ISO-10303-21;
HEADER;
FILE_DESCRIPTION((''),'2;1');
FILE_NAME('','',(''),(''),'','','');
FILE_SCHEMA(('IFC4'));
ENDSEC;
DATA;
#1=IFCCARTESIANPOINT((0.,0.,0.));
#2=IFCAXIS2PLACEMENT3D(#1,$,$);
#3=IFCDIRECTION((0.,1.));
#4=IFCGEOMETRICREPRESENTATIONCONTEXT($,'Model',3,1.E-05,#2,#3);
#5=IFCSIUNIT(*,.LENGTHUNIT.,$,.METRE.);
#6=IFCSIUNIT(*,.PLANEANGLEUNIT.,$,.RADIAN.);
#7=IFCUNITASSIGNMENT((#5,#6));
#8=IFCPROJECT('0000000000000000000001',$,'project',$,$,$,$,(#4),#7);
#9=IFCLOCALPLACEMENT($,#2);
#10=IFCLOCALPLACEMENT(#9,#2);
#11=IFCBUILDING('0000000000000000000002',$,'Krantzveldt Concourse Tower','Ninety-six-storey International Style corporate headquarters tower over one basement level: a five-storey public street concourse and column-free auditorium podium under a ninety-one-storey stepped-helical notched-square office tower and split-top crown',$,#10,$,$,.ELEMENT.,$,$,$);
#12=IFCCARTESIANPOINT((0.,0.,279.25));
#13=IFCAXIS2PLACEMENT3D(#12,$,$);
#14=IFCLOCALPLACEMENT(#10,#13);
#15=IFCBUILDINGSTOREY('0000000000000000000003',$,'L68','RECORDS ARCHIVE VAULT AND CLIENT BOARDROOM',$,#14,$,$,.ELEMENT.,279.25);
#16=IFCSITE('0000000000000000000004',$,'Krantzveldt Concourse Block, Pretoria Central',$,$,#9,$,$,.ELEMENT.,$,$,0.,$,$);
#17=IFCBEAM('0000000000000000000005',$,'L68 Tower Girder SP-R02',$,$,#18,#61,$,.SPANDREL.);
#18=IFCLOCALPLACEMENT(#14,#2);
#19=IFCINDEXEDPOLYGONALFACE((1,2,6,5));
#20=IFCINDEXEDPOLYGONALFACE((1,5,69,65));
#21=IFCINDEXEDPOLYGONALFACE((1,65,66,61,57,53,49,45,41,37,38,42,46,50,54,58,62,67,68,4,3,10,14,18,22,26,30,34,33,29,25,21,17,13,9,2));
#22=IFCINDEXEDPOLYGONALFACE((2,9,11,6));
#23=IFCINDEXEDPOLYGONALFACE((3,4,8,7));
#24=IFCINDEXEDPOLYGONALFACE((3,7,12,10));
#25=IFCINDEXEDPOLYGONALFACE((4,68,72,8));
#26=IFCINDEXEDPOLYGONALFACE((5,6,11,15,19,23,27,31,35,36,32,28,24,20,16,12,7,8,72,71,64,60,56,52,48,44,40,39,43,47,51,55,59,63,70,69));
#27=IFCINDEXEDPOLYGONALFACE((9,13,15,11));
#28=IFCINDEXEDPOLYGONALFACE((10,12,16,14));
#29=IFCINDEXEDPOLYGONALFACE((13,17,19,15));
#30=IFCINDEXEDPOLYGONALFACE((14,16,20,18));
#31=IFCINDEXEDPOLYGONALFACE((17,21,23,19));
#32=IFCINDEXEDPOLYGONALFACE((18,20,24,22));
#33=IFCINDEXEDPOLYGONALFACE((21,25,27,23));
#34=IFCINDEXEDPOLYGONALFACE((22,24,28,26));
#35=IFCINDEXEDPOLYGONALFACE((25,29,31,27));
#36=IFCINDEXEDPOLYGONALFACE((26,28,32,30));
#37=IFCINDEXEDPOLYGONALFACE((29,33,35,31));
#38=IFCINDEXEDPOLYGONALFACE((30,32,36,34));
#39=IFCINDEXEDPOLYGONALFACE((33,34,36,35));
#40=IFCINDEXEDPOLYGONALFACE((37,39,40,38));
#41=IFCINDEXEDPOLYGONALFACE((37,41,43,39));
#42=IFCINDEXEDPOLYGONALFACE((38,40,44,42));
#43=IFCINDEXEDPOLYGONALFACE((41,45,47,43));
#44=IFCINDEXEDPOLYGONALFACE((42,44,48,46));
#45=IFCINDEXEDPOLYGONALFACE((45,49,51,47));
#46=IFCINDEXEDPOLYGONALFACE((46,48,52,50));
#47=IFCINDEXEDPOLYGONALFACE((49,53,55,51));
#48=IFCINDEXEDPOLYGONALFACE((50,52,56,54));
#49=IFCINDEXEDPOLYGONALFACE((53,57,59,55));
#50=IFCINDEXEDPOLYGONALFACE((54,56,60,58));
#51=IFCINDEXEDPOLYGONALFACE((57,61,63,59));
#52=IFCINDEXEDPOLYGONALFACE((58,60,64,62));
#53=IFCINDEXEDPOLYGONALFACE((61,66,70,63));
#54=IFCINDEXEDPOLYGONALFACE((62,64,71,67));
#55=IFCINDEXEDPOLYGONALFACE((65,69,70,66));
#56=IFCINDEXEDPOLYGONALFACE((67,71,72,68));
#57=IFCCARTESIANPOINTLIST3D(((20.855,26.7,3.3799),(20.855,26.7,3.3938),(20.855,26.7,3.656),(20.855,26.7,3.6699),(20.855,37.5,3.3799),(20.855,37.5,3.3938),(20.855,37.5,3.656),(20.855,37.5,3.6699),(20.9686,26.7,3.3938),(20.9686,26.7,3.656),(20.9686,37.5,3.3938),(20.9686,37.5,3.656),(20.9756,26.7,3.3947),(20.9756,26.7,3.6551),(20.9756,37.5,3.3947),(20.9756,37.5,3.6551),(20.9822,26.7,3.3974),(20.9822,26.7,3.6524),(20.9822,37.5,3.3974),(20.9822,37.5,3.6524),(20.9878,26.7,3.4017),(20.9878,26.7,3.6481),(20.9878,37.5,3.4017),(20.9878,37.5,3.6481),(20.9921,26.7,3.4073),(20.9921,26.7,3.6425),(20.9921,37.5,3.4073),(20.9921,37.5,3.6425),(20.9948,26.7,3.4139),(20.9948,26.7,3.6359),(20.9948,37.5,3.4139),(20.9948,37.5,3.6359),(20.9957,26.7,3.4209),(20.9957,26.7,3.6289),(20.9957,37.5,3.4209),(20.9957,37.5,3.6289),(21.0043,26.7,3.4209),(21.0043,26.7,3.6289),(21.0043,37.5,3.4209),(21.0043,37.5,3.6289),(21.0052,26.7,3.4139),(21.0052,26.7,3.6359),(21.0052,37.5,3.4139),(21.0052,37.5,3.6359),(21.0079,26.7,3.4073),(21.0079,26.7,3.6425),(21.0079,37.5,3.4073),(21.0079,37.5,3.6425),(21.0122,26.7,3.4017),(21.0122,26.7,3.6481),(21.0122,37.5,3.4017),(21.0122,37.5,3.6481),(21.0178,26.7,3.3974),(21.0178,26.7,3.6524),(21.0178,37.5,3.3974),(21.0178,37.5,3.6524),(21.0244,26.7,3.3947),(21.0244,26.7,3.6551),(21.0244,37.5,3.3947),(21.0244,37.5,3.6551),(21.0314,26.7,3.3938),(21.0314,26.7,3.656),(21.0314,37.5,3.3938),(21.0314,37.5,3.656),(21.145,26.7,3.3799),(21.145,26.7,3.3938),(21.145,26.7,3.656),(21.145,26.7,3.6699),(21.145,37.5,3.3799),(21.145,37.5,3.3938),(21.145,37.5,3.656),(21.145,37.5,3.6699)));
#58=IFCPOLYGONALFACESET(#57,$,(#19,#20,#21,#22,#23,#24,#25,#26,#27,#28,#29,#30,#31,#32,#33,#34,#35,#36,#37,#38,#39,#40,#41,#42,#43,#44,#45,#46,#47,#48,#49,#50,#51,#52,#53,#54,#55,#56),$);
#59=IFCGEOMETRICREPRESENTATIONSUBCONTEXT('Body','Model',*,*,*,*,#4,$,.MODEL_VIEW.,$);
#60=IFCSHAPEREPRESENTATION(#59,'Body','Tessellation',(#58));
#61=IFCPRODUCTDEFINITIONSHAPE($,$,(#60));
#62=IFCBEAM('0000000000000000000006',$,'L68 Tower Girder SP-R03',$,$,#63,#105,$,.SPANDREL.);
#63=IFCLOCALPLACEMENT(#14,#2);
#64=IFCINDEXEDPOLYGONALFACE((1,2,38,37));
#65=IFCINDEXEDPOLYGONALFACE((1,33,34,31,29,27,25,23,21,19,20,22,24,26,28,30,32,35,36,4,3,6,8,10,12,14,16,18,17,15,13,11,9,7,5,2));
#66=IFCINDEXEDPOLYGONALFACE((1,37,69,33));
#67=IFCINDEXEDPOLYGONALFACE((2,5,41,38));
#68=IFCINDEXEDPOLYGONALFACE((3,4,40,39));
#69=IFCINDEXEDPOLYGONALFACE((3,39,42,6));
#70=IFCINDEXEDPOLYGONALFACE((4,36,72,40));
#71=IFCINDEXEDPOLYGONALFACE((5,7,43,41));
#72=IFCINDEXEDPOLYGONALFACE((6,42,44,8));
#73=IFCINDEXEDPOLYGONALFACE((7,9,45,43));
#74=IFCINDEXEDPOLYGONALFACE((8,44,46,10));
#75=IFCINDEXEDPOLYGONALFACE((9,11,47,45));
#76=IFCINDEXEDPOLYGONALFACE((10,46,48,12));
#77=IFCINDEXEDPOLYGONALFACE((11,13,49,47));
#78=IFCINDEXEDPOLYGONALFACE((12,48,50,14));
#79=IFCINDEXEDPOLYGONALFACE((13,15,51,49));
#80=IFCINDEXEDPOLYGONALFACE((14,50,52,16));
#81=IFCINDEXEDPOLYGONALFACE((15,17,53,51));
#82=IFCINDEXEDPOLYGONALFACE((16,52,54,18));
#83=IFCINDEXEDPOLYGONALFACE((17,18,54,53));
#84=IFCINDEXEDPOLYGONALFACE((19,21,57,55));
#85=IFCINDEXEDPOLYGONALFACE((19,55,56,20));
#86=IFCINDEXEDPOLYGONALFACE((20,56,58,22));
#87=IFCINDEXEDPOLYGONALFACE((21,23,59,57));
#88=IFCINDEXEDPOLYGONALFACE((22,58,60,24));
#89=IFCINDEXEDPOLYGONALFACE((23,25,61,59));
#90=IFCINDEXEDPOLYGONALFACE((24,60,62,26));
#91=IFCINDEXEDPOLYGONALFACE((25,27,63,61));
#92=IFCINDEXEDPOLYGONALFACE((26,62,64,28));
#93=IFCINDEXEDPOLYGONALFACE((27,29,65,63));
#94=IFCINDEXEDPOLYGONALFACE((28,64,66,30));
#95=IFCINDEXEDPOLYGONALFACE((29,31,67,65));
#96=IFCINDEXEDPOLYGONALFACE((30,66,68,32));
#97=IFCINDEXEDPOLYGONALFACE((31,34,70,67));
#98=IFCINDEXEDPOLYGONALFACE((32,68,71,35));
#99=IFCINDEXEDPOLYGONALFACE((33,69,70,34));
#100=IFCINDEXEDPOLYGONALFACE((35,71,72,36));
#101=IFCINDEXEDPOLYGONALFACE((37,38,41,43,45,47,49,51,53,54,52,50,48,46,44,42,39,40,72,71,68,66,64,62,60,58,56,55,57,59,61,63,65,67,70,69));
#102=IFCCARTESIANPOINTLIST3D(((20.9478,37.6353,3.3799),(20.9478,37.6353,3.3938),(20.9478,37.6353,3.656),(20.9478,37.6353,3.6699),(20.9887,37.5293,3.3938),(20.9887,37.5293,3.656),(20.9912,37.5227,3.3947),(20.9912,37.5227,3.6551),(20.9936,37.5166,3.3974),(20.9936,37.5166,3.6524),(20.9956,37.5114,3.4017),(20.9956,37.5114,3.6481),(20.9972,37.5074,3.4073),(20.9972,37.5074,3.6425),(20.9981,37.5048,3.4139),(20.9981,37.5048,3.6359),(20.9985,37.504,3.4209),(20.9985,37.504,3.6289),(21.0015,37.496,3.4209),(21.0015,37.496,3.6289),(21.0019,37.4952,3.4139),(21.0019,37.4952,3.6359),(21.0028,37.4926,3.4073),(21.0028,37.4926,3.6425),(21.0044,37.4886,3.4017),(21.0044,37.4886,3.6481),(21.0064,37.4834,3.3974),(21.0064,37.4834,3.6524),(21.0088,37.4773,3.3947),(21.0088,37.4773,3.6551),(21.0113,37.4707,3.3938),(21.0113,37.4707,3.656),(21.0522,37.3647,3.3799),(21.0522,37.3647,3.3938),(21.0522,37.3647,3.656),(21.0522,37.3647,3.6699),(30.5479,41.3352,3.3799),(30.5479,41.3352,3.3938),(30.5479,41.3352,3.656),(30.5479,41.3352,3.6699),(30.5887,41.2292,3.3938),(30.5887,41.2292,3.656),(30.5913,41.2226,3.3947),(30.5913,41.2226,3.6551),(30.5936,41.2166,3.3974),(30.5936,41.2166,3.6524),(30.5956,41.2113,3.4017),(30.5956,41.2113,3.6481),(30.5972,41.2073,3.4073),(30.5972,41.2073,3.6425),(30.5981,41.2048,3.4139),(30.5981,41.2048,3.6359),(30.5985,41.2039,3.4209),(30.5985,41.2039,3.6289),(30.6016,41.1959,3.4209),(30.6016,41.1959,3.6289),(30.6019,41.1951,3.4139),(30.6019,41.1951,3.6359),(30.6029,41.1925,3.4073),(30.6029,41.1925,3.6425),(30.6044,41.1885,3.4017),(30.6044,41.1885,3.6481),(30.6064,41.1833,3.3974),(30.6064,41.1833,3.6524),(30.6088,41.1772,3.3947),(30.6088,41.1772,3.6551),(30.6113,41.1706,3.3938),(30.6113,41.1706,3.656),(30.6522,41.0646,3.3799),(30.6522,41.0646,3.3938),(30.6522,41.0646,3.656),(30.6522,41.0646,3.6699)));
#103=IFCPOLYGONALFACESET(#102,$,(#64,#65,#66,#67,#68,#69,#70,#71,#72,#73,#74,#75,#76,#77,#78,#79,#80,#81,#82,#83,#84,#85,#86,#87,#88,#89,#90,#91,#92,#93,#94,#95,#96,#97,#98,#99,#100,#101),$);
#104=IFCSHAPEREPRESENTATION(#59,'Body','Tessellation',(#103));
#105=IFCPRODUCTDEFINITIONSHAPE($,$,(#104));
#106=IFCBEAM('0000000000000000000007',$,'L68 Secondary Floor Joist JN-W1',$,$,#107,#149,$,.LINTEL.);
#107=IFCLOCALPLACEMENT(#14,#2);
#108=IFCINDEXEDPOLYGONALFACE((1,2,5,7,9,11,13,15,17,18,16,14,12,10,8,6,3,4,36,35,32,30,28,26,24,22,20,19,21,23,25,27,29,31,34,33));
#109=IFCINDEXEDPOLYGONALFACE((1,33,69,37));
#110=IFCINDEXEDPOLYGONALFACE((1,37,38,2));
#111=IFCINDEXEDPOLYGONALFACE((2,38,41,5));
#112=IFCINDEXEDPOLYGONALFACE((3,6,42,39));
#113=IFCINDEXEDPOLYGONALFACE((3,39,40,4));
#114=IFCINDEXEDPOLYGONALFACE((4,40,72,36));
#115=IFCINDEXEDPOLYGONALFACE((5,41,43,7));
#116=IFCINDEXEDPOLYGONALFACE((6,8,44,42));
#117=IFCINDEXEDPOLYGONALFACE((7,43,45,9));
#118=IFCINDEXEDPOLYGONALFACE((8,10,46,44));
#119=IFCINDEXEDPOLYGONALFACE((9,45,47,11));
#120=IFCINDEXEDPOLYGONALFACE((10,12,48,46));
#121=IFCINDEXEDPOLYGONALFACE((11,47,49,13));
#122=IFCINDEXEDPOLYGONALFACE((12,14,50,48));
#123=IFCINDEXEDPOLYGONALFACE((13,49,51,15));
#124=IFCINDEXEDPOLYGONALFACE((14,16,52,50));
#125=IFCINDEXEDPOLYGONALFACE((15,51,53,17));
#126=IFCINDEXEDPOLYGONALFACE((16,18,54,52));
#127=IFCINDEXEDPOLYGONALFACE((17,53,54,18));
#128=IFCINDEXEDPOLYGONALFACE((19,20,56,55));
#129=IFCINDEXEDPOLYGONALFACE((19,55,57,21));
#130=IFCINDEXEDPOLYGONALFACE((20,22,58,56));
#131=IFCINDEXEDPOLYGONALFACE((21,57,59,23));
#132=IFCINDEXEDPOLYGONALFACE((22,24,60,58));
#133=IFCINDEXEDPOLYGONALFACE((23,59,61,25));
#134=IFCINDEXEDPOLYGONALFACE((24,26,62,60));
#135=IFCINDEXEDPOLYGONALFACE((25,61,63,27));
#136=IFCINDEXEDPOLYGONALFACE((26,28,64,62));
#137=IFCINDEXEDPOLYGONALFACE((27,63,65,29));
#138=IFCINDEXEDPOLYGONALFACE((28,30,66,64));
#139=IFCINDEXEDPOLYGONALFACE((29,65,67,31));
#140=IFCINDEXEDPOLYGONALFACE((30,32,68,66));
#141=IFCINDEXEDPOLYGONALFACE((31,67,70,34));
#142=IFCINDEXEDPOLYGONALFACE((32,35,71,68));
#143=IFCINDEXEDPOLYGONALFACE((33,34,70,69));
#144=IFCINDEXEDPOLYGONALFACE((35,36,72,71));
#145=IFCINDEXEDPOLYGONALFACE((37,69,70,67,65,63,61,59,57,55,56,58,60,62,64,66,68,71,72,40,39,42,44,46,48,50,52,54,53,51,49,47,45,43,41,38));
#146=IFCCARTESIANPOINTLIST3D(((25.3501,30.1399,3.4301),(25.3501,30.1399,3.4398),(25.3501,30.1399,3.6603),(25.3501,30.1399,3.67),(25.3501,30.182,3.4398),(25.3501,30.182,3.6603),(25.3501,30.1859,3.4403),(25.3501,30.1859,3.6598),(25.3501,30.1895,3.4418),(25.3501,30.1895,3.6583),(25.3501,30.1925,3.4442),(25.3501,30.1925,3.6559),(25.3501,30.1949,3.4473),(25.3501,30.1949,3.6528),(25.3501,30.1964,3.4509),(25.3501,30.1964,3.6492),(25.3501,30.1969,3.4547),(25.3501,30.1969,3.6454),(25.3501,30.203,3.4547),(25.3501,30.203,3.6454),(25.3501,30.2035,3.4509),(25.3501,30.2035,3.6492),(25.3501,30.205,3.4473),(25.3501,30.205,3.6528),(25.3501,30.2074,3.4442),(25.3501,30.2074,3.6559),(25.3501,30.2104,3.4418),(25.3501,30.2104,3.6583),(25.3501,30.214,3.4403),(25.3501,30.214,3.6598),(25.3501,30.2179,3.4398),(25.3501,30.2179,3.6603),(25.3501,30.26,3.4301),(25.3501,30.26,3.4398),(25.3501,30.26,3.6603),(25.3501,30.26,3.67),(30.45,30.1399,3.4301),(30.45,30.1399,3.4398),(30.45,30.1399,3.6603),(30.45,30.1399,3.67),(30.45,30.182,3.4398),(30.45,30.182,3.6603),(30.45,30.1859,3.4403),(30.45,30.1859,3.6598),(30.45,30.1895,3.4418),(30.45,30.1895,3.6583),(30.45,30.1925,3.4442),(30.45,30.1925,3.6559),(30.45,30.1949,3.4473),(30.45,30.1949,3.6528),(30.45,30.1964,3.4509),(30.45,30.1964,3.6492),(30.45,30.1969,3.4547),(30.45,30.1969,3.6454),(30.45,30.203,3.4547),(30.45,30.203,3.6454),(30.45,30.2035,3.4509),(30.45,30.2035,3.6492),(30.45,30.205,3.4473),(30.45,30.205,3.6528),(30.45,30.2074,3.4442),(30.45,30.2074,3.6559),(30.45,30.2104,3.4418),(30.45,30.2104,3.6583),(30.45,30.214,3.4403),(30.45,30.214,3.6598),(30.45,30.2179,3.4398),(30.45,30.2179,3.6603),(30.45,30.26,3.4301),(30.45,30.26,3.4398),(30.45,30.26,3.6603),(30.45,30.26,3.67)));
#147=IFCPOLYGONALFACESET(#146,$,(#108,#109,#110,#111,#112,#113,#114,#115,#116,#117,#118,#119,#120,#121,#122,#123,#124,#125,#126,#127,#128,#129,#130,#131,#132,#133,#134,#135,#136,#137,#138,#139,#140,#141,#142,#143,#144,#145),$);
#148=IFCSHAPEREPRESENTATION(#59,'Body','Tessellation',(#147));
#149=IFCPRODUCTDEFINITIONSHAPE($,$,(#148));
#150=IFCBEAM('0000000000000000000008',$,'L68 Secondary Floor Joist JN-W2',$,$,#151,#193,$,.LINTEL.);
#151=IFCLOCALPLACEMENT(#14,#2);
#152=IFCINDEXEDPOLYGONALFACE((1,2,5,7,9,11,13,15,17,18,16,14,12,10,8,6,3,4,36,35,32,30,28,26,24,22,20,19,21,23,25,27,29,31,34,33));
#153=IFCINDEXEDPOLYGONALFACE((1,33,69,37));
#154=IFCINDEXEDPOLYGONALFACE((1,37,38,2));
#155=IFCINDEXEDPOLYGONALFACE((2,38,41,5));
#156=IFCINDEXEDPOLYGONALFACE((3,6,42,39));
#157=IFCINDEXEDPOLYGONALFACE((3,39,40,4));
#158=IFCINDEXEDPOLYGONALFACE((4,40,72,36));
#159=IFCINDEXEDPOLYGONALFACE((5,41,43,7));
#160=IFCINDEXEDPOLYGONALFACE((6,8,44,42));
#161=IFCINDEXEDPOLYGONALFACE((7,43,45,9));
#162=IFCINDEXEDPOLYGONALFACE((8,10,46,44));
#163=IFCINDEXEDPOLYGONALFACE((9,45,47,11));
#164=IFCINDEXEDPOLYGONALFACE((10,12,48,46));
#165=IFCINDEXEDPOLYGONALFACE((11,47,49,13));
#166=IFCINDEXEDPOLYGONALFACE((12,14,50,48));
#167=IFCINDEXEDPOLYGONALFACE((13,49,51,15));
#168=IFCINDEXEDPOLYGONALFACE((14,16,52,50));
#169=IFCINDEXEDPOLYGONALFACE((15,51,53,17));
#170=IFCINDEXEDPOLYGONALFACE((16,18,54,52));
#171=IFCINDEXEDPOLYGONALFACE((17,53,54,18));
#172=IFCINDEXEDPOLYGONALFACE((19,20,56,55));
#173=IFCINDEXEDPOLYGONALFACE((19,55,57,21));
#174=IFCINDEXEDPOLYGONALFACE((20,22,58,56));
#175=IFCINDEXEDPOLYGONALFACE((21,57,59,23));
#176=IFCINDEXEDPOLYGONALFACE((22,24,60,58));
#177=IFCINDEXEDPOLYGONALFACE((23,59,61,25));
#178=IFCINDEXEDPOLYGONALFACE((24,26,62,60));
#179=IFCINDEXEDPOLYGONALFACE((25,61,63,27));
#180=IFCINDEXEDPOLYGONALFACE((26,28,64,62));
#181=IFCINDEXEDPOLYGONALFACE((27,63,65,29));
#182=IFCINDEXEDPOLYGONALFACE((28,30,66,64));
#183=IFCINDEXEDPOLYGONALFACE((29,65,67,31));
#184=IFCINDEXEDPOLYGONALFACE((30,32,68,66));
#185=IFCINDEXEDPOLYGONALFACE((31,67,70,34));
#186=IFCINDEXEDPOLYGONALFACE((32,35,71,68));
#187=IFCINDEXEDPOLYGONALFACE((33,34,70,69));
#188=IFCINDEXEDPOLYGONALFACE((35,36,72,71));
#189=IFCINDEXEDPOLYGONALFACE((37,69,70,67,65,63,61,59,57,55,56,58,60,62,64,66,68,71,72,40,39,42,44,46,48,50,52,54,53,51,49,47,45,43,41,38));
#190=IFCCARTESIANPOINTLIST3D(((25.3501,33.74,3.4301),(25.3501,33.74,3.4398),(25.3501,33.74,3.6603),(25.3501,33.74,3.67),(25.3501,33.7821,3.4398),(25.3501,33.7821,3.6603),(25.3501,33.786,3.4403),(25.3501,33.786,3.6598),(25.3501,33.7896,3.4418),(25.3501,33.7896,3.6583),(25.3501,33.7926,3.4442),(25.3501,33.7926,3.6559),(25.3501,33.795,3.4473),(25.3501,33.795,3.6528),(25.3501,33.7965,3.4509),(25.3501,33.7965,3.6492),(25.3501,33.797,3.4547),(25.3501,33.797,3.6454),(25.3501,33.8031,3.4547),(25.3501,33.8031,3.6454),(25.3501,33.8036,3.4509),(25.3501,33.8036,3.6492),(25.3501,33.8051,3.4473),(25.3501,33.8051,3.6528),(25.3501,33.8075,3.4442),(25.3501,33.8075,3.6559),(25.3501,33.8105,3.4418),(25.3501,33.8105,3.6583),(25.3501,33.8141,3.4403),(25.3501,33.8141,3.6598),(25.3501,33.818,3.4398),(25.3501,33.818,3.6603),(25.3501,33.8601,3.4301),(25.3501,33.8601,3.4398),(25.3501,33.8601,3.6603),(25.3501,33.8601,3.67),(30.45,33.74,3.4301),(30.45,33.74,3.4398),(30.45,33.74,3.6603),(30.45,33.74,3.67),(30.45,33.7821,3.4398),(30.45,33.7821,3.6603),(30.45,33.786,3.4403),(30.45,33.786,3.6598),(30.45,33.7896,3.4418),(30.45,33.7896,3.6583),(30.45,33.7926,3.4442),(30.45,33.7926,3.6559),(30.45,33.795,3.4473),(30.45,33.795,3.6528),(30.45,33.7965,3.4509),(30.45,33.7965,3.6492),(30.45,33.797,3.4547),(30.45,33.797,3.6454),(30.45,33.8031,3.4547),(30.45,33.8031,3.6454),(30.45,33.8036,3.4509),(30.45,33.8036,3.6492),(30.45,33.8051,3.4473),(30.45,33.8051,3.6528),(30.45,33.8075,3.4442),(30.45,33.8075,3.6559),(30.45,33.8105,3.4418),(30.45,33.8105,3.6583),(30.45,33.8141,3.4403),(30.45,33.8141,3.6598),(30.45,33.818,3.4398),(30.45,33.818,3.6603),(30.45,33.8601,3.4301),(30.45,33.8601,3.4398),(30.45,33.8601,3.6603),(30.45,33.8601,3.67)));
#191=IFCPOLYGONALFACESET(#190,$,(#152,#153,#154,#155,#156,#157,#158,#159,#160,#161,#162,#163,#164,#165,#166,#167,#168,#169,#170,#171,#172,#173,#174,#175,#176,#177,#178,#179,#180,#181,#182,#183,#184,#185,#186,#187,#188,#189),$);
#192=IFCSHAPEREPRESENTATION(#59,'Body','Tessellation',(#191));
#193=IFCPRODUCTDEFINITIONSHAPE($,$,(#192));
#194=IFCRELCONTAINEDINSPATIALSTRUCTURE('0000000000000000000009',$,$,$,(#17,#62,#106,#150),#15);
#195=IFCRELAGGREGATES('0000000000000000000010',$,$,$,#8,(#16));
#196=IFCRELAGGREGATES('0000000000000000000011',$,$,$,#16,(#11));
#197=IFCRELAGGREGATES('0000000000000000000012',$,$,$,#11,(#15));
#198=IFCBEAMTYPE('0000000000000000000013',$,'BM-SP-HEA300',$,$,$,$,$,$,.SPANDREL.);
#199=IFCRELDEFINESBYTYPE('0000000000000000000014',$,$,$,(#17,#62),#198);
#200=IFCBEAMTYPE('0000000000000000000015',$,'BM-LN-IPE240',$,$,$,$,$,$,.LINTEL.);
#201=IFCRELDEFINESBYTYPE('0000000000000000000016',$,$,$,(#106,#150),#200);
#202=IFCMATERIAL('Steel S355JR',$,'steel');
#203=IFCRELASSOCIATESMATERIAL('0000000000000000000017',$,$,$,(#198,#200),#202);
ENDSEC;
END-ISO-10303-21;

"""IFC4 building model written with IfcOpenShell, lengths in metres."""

from ifc_helpers import new_model, si_unit, direction, frame, origin, origin_2d, place, context, subcontext, project, spatial, i_section, extrude, source, transform, mapped, material, material_profile, profile_set, type_object, type_shapes, element, save


model = new_model("IFC4")

# Units and contexts
model_context = context("Model", 3, precision=1e-05, world=origin(), true_north=direction((0.0, 1.0)))
body_context = subcontext(model_context, "Body", "Model", "MODEL_VIEW")
ifc_project = project(units=[si_unit("LENGTHUNIT", "METRE"), si_unit("PLANEANGLEUNIT", "RADIAN")], contexts=[model_context])

# Site, building, storey
site_placement = place(None, origin())
site = spatial("IfcSite", under=ifc_project, at=site_placement, Name="Krantzveldt Concourse Block, Pretoria Central", CompositionType="ELEMENT", RefElevation=0.0)
building_placement = place(site_placement, origin())
building = spatial("IfcBuilding", under=site, at=building_placement, Name="Krantzveldt Concourse Tower", Description="Ninety-six-storey International Style corporate headquarters tower over one basement level: a five-storey public street concourse and column-free auditorium podium under a ninety-one-storey stepped-helical notched-square office tower and split-top crown", CompositionType="ELEMENT")
storey_placement = place(building_placement, frame((0.0, 0.0, 279.25)))
storey = spatial("IfcBuildingStorey", under=building, at=storey_placement, Name="L68", Description="RECORDS ARCHIVE VAULT AND CLIENT BOARDROOM", CompositionType="ELEMENT", Elevation=279.25)

# Beams
ifc_material_1 = material(Name="Steel S355JR", Category="steel")
ifc_material_profile_1 = material_profile(ifc_material_1, i_section(OverallWidth=0.29, OverallDepth=0.29, WebThickness=0.0085, FlangeThickness=0.0139, FilletRadius=0.0271, at=origin_2d()), Name="Steel S355JR", Category="steel")
ifc_profile_set_1 = profile_set([ifc_material_profile_1], Name="Steel S355JR - HEA 300")
beam_type_1 = type_object("IfcBeamType", Name="BM-SP-HEA300", PredefinedType="SPANDREL", material=ifc_profile_set_1)
shared_shape_1 = source(origin(), body_context, "Body", "SweptSolid", [
    extrude(i_section(OverallWidth=0.29, OverallDepth=0.29, WebThickness=0.0085, FlangeThickness=0.0139, FilletRadius=0.0271, at=origin_2d()), origin(), (0.0, 0.0, 1.0), 10.8),
])
beam_1_placement = place(storey_placement, frame((21.0, 26.7, 3.5249), z_axis=(0.0, 1.0, 0.0), x_axis=(-1.0, 0.0, 0.0)))
element("IfcBeam", 1, at=beam_1_placement, inside=storey, type_object=beam_type_1, Name="L68 Tower Girder SP-R02", PredefinedType="SPANDREL", context=body_context, shape_type="MappedRepresentation", body=[
    mapped(shared_shape_1, transform((0.0, 0.0, 0.0), x_axis=(1.0, 0.0, 0.0), y_axis=(0.0, 1.0, 0.0), z_axis=(0.0, 0.0, 1.0), scale=1.0)),
])
shared_shape_2 = source(origin(), body_context, "Body", "SweptSolid", [
    extrude(i_section(OverallWidth=0.29, OverallDepth=0.29, WebThickness=0.0085, FlangeThickness=0.0139, FilletRadius=0.0271, at=origin_2d()), origin(), (0.0, 0.0, 1.0), 10.2883),
])
type_shapes(beam_type_1, [shared_shape_1, shared_shape_2])
beam_2_placement = place(storey_placement, frame((21.0, 37.5, 3.5249), z_axis=(0.933098, 0.359623, 0.0), x_axis=(-0.359623, 0.933098, 0.0)))
element("IfcBeam", 2, at=beam_2_placement, inside=storey, type_object=beam_type_1, Name="L68 Tower Girder SP-R03", PredefinedType="SPANDREL", context=body_context, shape_type="MappedRepresentation", body=[
    mapped(shared_shape_2, transform((0.0, 0.0, 0.0), x_axis=(1.0, 0.0, 0.0), y_axis=(0.0, 1.0, 0.0), z_axis=(0.0, 0.0, 1.0), scale=1.0)),
])
ifc_material_profile_2 = material_profile(ifc_material_1, i_section(OverallWidth=0.1201, OverallDepth=0.24, WebThickness=0.0061, FlangeThickness=0.0098, FilletRadius=0.0149, at=origin_2d()), Name="Steel S355JR", Category="steel")
ifc_profile_set_2 = profile_set([ifc_material_profile_2], Name="Steel S355JR - IPE 240")
beam_type_2 = type_object("IfcBeamType", Name="BM-LN-IPE240", PredefinedType="LINTEL", material=ifc_profile_set_2)
shared_shape_3 = source(origin(), body_context, "Body", "SweptSolid", [
    extrude(i_section(OverallWidth=0.1201, OverallDepth=0.24, WebThickness=0.0061, FlangeThickness=0.0098, FilletRadius=0.0149, at=origin_2d()), origin(), (0.0, 0.0, 1.0), 5.0999),
])
type_shapes(beam_type_2, [shared_shape_3])
for number, where, z_axis, x_axis, name in (
    (3, (25.3501, 30.2, 3.55), (1.0, 0.0, 0.0), (0.0, 1.0, 0.0), "L68 Secondary Floor Joist JN-W1"),
    (4, (25.3501, 33.8, 3.55), (1.0, 0.0, 0.0), (0.0, 1.0, 0.0), "L68 Secondary Floor Joist JN-W2"),
):
    element("IfcBeam", number, at=place(storey_placement, frame(where, z_axis=z_axis, x_axis=x_axis)), inside=storey, type_object=beam_type_2, Name=name, PredefinedType="LINTEL", context=body_context, shape_type="MappedRepresentation", body=[
        mapped(shared_shape_3, transform((0.0, 0.0, 0.0), x_axis=(1.0, 0.0, 0.0), y_axis=(0.0, 1.0, 0.0), z_axis=(0.0, 0.0, 1.0), scale=1.0)),
    ])

save(model, "model.ifc")
